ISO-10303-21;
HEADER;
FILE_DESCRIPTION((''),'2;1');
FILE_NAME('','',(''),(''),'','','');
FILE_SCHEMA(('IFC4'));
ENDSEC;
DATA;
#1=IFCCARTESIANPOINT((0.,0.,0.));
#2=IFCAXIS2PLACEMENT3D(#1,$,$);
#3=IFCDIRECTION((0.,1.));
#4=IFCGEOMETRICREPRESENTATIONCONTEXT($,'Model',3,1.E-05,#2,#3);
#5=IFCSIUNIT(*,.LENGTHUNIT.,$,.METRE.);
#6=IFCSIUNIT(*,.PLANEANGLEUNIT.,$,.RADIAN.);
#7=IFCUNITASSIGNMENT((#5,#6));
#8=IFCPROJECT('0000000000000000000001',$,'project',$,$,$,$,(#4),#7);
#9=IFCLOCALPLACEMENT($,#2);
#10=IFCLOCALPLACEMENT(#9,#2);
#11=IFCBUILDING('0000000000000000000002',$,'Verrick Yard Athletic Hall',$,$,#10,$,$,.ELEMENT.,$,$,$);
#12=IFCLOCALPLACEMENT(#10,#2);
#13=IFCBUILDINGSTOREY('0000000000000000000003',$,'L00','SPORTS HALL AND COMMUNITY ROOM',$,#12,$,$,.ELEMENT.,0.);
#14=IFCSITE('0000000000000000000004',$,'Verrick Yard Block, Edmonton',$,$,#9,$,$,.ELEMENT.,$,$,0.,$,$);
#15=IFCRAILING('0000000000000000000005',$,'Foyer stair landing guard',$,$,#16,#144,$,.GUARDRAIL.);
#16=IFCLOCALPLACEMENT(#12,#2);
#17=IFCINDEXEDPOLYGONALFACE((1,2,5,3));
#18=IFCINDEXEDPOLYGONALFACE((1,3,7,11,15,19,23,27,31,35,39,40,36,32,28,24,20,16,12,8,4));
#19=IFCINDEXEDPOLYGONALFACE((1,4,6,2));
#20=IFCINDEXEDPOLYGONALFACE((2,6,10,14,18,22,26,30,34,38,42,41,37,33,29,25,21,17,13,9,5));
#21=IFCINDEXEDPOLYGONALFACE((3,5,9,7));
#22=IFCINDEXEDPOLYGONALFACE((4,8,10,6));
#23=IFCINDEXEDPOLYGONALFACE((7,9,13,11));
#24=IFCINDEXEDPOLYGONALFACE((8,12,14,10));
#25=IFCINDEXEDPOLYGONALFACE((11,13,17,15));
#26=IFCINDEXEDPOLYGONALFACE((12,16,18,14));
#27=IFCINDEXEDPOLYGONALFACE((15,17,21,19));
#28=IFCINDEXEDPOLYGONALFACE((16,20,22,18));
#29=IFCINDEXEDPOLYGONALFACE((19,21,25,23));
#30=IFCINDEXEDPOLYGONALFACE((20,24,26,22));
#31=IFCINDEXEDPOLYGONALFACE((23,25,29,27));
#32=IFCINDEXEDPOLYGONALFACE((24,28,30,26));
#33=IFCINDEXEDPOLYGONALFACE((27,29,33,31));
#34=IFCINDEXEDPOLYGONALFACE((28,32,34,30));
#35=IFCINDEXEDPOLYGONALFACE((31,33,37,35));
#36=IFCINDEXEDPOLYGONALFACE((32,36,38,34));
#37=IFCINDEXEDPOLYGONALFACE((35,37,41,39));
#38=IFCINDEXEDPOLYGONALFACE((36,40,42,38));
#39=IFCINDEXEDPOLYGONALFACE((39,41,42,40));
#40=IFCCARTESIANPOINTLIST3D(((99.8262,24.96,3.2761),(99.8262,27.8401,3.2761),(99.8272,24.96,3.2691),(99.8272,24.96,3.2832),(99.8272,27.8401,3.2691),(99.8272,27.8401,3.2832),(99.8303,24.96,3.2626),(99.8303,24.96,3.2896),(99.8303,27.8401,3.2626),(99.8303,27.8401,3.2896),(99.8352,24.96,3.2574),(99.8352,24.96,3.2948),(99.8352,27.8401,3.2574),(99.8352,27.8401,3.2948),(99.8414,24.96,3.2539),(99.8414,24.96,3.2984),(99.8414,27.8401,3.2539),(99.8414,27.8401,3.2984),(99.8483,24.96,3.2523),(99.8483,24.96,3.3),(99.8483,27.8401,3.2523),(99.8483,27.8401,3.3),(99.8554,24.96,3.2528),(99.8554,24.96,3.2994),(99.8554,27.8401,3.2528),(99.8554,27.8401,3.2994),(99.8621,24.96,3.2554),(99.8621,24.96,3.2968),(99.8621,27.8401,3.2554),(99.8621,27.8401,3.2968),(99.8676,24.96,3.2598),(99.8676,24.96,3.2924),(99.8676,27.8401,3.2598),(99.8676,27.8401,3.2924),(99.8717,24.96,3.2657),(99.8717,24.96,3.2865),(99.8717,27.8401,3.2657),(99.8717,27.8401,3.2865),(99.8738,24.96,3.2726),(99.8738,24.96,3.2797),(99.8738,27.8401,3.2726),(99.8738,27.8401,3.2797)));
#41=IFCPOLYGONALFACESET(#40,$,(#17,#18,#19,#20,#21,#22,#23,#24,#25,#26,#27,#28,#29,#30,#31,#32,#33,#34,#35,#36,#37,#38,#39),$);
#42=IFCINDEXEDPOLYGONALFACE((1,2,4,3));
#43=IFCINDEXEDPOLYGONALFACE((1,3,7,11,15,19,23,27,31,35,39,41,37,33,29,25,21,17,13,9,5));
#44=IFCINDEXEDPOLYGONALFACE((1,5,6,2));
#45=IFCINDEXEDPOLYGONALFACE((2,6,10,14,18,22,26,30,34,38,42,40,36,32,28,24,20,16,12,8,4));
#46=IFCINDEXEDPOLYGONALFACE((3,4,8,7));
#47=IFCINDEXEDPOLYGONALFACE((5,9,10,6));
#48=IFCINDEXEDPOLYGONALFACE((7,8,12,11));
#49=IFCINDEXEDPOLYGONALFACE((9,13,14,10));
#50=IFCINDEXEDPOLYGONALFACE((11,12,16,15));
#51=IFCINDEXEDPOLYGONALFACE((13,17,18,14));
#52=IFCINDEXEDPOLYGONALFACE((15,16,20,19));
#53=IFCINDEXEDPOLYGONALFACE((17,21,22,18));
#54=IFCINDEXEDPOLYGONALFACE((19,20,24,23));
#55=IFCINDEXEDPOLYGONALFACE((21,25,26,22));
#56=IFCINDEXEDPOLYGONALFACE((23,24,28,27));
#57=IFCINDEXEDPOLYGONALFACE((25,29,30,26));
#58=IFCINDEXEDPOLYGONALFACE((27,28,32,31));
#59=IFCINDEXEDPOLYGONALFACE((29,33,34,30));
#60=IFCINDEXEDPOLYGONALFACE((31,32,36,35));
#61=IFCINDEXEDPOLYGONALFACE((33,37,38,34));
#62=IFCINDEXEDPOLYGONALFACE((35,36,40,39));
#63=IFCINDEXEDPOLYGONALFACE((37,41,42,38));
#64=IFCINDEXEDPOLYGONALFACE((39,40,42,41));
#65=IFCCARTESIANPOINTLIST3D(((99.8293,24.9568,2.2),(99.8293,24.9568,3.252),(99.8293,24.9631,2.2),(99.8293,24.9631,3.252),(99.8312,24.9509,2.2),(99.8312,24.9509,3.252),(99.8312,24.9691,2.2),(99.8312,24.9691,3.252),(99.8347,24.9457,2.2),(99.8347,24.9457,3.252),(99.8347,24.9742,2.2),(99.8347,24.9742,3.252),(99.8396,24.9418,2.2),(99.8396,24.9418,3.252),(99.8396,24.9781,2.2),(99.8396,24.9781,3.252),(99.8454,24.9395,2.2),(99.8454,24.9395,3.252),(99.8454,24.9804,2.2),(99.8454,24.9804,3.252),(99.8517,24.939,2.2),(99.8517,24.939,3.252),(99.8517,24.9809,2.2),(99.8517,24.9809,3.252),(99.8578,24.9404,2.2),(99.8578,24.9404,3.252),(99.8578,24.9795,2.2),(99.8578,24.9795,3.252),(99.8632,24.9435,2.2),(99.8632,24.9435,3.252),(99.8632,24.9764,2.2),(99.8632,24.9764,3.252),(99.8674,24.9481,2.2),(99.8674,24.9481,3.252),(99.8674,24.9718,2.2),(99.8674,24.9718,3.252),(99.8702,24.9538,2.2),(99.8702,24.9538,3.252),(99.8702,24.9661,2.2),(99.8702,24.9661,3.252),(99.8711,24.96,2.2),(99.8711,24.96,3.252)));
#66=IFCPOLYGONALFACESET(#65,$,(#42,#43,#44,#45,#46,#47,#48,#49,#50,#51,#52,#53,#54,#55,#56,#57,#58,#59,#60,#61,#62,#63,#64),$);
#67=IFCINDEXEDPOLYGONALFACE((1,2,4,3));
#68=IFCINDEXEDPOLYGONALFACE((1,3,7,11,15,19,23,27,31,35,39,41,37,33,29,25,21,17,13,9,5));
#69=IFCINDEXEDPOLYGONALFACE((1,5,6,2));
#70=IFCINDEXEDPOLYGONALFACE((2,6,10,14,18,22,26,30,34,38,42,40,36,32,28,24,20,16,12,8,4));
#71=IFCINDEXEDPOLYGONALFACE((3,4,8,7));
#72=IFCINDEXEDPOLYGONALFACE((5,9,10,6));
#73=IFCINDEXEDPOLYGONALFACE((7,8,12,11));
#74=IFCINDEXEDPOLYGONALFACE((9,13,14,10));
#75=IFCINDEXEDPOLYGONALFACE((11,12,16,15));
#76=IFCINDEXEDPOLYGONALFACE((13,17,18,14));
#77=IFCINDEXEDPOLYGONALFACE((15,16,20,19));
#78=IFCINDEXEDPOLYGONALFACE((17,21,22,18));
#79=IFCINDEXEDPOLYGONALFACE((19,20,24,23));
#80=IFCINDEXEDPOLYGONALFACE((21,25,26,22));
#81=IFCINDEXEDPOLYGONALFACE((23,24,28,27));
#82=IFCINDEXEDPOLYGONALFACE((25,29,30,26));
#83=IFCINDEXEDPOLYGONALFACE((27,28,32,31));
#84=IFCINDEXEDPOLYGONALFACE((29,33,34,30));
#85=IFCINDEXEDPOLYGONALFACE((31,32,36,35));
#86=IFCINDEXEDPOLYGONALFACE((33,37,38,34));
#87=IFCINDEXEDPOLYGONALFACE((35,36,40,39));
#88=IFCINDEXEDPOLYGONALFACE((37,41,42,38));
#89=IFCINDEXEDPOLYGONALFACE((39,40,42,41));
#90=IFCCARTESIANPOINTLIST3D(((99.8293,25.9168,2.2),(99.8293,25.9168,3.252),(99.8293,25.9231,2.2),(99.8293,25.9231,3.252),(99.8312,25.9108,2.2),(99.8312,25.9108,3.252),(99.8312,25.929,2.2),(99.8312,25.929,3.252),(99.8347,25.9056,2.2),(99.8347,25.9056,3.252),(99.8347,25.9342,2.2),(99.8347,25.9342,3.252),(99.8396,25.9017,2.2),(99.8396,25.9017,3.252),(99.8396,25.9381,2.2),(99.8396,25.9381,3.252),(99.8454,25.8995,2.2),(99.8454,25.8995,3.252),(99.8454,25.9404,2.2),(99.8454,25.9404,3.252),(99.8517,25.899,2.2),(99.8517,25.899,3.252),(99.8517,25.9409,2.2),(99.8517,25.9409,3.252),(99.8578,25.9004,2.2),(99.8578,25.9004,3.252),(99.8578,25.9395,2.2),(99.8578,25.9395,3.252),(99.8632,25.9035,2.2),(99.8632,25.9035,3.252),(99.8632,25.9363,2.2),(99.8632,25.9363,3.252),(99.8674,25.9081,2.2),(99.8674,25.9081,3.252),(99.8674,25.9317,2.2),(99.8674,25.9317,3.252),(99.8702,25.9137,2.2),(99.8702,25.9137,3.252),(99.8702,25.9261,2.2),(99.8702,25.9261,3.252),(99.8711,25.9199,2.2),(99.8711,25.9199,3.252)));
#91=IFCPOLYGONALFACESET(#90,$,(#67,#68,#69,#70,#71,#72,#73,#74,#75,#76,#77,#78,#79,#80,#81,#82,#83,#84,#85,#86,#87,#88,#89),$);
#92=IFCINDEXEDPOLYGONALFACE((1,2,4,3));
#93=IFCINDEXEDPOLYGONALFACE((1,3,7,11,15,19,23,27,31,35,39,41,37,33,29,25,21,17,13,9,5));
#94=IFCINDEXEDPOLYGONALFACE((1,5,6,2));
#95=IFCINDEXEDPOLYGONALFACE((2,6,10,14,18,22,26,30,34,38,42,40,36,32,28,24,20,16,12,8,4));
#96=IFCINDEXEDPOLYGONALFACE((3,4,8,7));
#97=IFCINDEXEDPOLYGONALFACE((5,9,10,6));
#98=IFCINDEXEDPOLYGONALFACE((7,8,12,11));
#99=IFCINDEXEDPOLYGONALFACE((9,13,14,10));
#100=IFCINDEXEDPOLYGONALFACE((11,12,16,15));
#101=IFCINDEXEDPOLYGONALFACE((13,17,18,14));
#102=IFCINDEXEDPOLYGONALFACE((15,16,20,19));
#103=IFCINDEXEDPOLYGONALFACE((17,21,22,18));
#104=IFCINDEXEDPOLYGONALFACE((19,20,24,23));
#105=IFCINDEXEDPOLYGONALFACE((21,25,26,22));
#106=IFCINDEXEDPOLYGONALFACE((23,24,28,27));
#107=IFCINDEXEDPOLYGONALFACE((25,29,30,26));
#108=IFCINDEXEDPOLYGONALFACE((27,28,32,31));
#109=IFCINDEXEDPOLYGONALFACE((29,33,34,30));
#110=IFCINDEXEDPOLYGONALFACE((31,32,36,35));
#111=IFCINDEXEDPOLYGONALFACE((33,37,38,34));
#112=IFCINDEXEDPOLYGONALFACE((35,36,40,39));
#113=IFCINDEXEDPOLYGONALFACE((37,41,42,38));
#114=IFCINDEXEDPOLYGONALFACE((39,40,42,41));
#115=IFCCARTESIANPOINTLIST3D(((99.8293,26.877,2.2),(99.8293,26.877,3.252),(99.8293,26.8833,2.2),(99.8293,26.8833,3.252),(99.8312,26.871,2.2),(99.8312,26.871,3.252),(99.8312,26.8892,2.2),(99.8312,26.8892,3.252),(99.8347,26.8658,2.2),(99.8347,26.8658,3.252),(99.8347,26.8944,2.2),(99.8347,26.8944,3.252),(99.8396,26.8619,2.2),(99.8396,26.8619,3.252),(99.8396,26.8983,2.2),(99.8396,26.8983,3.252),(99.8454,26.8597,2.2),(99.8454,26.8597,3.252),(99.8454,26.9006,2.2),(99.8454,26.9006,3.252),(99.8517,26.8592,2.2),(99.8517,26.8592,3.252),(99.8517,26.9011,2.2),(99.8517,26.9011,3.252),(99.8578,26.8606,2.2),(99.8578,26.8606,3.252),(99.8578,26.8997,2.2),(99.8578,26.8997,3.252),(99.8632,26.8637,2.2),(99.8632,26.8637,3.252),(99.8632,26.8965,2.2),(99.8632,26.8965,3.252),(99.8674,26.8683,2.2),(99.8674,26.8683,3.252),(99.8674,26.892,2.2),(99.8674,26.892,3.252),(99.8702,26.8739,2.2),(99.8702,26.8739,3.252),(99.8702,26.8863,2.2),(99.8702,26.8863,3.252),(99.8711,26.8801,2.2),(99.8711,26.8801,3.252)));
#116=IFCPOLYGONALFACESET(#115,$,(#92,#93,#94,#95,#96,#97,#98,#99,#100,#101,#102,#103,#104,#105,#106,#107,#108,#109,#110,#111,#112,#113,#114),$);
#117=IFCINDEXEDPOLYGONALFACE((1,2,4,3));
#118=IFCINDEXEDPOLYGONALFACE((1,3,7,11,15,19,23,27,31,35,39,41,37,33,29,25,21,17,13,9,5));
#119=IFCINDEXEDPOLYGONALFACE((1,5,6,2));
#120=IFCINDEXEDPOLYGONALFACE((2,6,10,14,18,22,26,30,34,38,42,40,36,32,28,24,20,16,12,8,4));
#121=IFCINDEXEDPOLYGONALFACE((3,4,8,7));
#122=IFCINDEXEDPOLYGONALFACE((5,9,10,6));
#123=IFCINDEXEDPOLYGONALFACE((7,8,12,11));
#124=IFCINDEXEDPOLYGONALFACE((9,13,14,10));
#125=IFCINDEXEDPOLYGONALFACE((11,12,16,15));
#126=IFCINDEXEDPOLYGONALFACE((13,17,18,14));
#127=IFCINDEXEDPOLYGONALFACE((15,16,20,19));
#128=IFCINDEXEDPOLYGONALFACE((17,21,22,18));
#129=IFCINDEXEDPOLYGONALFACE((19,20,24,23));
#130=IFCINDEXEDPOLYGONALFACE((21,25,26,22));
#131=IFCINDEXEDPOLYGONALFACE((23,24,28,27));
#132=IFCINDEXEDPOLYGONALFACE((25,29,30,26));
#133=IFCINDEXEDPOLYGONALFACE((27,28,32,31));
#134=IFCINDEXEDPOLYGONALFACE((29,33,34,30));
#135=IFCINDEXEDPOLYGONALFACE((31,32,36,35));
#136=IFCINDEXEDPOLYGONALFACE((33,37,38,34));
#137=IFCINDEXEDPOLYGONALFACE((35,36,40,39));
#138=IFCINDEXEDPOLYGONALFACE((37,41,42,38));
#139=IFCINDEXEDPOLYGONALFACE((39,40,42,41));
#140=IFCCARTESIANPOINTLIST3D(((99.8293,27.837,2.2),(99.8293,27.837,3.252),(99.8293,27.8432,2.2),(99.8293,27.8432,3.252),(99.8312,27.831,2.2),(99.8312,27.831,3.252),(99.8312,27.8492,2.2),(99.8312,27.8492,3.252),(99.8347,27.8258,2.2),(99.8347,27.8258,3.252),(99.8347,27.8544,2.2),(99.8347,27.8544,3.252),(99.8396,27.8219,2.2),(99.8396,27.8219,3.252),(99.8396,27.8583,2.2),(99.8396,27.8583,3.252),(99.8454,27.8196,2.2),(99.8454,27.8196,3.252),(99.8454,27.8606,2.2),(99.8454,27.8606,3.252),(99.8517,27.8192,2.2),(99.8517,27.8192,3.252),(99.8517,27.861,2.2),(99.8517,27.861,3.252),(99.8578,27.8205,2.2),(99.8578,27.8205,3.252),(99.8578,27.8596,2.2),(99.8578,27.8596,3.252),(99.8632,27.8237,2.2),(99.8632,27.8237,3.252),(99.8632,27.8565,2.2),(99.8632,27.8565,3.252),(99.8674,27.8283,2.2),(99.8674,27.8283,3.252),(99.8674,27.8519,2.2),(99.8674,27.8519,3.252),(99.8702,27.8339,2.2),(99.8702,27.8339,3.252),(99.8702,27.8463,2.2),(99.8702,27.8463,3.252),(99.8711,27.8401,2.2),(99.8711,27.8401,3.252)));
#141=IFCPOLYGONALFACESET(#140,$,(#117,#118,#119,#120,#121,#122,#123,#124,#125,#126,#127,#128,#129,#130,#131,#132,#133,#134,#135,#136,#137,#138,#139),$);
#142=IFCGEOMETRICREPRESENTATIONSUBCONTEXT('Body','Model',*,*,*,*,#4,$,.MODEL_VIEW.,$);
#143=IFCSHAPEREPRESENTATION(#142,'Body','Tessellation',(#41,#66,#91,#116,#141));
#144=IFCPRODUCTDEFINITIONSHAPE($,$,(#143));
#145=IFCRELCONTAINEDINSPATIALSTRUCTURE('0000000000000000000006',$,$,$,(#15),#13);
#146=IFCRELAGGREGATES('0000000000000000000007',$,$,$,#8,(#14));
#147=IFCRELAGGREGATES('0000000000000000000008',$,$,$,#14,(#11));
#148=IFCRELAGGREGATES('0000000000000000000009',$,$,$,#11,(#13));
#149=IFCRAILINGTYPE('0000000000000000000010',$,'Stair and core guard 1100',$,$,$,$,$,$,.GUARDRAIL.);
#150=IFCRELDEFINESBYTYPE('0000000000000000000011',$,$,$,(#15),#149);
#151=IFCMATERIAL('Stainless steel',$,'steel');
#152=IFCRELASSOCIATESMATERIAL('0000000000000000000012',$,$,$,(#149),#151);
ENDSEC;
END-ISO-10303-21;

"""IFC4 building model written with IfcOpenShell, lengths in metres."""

from ifc_helpers import new_model, si_unit, direction, frame, origin, origin_2d, place, context, subcontext, project, spatial, circle, extrude, material, type_object, element, save


model = new_model("IFC4")

# Units and contexts
model_context = context("Model", 3, precision=1e-05, world=origin(), true_north=direction((0.0, 1.0)))
body_context = subcontext(model_context, "Body", "Model", "MODEL_VIEW")
ifc_project = project(units=[si_unit("LENGTHUNIT", "METRE"), si_unit("PLANEANGLEUNIT", "RADIAN")], contexts=[model_context])

# Site, building, storey
site_placement = place(None, origin())
site = spatial("IfcSite", under=ifc_project, at=site_placement, Name="Verrick Yard Block, Edmonton", CompositionType="ELEMENT", RefElevation=0.0)
building_placement = place(site_placement, origin())
building = spatial("IfcBuilding", under=site, at=building_placement, Name="Verrick Yard Athletic Hall", CompositionType="ELEMENT")
storey_placement = place(building_placement, origin())
storey = spatial("IfcBuildingStorey", under=building, at=storey_placement, Name="L00", Description="SPORTS HALL AND COMMUNITY ROOM", CompositionType="ELEMENT", Elevation=0.0)

# Railing
ifc_material_1 = material(Name="Stainless steel", Category="steel")
railing_type_1 = type_object("IfcRailingType", Name="Stair and core guard 1100", PredefinedType="GUARDRAIL", material=ifc_material_1)
railing_1_placement = place(storey_placement, frame((99.8501, 24.96, 2.2)))
element("IfcRailing", 1, at=railing_1_placement, inside=storey, type_object=railing_type_1, Name="Foyer stair landing guard", PredefinedType="GUARDRAIL", context=body_context, shape_type="SweptSolid", body=[
    extrude(circle(Radius=0.0239, at=origin_2d()), frame((0.0, 0.0, 1.0762), z_axis=(0.0, 1.0, 0.0), x_axis=(-1.0, 0.0, 0.0)), (0.0, 0.0, 1.0), 2.8801),
    extrude(circle(Radius=0.021, at=origin_2d()), origin(), (0.0, 0.0, 1.0), 1.052),
    extrude(circle(Radius=0.021, at=origin_2d()), frame((0.0, 0.96, 0.0)), (0.0, 0.0, 1.0), 1.052),
    extrude(circle(Radius=0.021, at=origin_2d()), frame((0.0, 1.9202, 0.0)), (0.0, 0.0, 1.0), 1.052),
    extrude(circle(Radius=0.021, at=origin_2d()), frame((0.0, 2.8801, 0.0)), (0.0, 0.0, 1.0), 1.052),
])

save(model, "model.ifc")
